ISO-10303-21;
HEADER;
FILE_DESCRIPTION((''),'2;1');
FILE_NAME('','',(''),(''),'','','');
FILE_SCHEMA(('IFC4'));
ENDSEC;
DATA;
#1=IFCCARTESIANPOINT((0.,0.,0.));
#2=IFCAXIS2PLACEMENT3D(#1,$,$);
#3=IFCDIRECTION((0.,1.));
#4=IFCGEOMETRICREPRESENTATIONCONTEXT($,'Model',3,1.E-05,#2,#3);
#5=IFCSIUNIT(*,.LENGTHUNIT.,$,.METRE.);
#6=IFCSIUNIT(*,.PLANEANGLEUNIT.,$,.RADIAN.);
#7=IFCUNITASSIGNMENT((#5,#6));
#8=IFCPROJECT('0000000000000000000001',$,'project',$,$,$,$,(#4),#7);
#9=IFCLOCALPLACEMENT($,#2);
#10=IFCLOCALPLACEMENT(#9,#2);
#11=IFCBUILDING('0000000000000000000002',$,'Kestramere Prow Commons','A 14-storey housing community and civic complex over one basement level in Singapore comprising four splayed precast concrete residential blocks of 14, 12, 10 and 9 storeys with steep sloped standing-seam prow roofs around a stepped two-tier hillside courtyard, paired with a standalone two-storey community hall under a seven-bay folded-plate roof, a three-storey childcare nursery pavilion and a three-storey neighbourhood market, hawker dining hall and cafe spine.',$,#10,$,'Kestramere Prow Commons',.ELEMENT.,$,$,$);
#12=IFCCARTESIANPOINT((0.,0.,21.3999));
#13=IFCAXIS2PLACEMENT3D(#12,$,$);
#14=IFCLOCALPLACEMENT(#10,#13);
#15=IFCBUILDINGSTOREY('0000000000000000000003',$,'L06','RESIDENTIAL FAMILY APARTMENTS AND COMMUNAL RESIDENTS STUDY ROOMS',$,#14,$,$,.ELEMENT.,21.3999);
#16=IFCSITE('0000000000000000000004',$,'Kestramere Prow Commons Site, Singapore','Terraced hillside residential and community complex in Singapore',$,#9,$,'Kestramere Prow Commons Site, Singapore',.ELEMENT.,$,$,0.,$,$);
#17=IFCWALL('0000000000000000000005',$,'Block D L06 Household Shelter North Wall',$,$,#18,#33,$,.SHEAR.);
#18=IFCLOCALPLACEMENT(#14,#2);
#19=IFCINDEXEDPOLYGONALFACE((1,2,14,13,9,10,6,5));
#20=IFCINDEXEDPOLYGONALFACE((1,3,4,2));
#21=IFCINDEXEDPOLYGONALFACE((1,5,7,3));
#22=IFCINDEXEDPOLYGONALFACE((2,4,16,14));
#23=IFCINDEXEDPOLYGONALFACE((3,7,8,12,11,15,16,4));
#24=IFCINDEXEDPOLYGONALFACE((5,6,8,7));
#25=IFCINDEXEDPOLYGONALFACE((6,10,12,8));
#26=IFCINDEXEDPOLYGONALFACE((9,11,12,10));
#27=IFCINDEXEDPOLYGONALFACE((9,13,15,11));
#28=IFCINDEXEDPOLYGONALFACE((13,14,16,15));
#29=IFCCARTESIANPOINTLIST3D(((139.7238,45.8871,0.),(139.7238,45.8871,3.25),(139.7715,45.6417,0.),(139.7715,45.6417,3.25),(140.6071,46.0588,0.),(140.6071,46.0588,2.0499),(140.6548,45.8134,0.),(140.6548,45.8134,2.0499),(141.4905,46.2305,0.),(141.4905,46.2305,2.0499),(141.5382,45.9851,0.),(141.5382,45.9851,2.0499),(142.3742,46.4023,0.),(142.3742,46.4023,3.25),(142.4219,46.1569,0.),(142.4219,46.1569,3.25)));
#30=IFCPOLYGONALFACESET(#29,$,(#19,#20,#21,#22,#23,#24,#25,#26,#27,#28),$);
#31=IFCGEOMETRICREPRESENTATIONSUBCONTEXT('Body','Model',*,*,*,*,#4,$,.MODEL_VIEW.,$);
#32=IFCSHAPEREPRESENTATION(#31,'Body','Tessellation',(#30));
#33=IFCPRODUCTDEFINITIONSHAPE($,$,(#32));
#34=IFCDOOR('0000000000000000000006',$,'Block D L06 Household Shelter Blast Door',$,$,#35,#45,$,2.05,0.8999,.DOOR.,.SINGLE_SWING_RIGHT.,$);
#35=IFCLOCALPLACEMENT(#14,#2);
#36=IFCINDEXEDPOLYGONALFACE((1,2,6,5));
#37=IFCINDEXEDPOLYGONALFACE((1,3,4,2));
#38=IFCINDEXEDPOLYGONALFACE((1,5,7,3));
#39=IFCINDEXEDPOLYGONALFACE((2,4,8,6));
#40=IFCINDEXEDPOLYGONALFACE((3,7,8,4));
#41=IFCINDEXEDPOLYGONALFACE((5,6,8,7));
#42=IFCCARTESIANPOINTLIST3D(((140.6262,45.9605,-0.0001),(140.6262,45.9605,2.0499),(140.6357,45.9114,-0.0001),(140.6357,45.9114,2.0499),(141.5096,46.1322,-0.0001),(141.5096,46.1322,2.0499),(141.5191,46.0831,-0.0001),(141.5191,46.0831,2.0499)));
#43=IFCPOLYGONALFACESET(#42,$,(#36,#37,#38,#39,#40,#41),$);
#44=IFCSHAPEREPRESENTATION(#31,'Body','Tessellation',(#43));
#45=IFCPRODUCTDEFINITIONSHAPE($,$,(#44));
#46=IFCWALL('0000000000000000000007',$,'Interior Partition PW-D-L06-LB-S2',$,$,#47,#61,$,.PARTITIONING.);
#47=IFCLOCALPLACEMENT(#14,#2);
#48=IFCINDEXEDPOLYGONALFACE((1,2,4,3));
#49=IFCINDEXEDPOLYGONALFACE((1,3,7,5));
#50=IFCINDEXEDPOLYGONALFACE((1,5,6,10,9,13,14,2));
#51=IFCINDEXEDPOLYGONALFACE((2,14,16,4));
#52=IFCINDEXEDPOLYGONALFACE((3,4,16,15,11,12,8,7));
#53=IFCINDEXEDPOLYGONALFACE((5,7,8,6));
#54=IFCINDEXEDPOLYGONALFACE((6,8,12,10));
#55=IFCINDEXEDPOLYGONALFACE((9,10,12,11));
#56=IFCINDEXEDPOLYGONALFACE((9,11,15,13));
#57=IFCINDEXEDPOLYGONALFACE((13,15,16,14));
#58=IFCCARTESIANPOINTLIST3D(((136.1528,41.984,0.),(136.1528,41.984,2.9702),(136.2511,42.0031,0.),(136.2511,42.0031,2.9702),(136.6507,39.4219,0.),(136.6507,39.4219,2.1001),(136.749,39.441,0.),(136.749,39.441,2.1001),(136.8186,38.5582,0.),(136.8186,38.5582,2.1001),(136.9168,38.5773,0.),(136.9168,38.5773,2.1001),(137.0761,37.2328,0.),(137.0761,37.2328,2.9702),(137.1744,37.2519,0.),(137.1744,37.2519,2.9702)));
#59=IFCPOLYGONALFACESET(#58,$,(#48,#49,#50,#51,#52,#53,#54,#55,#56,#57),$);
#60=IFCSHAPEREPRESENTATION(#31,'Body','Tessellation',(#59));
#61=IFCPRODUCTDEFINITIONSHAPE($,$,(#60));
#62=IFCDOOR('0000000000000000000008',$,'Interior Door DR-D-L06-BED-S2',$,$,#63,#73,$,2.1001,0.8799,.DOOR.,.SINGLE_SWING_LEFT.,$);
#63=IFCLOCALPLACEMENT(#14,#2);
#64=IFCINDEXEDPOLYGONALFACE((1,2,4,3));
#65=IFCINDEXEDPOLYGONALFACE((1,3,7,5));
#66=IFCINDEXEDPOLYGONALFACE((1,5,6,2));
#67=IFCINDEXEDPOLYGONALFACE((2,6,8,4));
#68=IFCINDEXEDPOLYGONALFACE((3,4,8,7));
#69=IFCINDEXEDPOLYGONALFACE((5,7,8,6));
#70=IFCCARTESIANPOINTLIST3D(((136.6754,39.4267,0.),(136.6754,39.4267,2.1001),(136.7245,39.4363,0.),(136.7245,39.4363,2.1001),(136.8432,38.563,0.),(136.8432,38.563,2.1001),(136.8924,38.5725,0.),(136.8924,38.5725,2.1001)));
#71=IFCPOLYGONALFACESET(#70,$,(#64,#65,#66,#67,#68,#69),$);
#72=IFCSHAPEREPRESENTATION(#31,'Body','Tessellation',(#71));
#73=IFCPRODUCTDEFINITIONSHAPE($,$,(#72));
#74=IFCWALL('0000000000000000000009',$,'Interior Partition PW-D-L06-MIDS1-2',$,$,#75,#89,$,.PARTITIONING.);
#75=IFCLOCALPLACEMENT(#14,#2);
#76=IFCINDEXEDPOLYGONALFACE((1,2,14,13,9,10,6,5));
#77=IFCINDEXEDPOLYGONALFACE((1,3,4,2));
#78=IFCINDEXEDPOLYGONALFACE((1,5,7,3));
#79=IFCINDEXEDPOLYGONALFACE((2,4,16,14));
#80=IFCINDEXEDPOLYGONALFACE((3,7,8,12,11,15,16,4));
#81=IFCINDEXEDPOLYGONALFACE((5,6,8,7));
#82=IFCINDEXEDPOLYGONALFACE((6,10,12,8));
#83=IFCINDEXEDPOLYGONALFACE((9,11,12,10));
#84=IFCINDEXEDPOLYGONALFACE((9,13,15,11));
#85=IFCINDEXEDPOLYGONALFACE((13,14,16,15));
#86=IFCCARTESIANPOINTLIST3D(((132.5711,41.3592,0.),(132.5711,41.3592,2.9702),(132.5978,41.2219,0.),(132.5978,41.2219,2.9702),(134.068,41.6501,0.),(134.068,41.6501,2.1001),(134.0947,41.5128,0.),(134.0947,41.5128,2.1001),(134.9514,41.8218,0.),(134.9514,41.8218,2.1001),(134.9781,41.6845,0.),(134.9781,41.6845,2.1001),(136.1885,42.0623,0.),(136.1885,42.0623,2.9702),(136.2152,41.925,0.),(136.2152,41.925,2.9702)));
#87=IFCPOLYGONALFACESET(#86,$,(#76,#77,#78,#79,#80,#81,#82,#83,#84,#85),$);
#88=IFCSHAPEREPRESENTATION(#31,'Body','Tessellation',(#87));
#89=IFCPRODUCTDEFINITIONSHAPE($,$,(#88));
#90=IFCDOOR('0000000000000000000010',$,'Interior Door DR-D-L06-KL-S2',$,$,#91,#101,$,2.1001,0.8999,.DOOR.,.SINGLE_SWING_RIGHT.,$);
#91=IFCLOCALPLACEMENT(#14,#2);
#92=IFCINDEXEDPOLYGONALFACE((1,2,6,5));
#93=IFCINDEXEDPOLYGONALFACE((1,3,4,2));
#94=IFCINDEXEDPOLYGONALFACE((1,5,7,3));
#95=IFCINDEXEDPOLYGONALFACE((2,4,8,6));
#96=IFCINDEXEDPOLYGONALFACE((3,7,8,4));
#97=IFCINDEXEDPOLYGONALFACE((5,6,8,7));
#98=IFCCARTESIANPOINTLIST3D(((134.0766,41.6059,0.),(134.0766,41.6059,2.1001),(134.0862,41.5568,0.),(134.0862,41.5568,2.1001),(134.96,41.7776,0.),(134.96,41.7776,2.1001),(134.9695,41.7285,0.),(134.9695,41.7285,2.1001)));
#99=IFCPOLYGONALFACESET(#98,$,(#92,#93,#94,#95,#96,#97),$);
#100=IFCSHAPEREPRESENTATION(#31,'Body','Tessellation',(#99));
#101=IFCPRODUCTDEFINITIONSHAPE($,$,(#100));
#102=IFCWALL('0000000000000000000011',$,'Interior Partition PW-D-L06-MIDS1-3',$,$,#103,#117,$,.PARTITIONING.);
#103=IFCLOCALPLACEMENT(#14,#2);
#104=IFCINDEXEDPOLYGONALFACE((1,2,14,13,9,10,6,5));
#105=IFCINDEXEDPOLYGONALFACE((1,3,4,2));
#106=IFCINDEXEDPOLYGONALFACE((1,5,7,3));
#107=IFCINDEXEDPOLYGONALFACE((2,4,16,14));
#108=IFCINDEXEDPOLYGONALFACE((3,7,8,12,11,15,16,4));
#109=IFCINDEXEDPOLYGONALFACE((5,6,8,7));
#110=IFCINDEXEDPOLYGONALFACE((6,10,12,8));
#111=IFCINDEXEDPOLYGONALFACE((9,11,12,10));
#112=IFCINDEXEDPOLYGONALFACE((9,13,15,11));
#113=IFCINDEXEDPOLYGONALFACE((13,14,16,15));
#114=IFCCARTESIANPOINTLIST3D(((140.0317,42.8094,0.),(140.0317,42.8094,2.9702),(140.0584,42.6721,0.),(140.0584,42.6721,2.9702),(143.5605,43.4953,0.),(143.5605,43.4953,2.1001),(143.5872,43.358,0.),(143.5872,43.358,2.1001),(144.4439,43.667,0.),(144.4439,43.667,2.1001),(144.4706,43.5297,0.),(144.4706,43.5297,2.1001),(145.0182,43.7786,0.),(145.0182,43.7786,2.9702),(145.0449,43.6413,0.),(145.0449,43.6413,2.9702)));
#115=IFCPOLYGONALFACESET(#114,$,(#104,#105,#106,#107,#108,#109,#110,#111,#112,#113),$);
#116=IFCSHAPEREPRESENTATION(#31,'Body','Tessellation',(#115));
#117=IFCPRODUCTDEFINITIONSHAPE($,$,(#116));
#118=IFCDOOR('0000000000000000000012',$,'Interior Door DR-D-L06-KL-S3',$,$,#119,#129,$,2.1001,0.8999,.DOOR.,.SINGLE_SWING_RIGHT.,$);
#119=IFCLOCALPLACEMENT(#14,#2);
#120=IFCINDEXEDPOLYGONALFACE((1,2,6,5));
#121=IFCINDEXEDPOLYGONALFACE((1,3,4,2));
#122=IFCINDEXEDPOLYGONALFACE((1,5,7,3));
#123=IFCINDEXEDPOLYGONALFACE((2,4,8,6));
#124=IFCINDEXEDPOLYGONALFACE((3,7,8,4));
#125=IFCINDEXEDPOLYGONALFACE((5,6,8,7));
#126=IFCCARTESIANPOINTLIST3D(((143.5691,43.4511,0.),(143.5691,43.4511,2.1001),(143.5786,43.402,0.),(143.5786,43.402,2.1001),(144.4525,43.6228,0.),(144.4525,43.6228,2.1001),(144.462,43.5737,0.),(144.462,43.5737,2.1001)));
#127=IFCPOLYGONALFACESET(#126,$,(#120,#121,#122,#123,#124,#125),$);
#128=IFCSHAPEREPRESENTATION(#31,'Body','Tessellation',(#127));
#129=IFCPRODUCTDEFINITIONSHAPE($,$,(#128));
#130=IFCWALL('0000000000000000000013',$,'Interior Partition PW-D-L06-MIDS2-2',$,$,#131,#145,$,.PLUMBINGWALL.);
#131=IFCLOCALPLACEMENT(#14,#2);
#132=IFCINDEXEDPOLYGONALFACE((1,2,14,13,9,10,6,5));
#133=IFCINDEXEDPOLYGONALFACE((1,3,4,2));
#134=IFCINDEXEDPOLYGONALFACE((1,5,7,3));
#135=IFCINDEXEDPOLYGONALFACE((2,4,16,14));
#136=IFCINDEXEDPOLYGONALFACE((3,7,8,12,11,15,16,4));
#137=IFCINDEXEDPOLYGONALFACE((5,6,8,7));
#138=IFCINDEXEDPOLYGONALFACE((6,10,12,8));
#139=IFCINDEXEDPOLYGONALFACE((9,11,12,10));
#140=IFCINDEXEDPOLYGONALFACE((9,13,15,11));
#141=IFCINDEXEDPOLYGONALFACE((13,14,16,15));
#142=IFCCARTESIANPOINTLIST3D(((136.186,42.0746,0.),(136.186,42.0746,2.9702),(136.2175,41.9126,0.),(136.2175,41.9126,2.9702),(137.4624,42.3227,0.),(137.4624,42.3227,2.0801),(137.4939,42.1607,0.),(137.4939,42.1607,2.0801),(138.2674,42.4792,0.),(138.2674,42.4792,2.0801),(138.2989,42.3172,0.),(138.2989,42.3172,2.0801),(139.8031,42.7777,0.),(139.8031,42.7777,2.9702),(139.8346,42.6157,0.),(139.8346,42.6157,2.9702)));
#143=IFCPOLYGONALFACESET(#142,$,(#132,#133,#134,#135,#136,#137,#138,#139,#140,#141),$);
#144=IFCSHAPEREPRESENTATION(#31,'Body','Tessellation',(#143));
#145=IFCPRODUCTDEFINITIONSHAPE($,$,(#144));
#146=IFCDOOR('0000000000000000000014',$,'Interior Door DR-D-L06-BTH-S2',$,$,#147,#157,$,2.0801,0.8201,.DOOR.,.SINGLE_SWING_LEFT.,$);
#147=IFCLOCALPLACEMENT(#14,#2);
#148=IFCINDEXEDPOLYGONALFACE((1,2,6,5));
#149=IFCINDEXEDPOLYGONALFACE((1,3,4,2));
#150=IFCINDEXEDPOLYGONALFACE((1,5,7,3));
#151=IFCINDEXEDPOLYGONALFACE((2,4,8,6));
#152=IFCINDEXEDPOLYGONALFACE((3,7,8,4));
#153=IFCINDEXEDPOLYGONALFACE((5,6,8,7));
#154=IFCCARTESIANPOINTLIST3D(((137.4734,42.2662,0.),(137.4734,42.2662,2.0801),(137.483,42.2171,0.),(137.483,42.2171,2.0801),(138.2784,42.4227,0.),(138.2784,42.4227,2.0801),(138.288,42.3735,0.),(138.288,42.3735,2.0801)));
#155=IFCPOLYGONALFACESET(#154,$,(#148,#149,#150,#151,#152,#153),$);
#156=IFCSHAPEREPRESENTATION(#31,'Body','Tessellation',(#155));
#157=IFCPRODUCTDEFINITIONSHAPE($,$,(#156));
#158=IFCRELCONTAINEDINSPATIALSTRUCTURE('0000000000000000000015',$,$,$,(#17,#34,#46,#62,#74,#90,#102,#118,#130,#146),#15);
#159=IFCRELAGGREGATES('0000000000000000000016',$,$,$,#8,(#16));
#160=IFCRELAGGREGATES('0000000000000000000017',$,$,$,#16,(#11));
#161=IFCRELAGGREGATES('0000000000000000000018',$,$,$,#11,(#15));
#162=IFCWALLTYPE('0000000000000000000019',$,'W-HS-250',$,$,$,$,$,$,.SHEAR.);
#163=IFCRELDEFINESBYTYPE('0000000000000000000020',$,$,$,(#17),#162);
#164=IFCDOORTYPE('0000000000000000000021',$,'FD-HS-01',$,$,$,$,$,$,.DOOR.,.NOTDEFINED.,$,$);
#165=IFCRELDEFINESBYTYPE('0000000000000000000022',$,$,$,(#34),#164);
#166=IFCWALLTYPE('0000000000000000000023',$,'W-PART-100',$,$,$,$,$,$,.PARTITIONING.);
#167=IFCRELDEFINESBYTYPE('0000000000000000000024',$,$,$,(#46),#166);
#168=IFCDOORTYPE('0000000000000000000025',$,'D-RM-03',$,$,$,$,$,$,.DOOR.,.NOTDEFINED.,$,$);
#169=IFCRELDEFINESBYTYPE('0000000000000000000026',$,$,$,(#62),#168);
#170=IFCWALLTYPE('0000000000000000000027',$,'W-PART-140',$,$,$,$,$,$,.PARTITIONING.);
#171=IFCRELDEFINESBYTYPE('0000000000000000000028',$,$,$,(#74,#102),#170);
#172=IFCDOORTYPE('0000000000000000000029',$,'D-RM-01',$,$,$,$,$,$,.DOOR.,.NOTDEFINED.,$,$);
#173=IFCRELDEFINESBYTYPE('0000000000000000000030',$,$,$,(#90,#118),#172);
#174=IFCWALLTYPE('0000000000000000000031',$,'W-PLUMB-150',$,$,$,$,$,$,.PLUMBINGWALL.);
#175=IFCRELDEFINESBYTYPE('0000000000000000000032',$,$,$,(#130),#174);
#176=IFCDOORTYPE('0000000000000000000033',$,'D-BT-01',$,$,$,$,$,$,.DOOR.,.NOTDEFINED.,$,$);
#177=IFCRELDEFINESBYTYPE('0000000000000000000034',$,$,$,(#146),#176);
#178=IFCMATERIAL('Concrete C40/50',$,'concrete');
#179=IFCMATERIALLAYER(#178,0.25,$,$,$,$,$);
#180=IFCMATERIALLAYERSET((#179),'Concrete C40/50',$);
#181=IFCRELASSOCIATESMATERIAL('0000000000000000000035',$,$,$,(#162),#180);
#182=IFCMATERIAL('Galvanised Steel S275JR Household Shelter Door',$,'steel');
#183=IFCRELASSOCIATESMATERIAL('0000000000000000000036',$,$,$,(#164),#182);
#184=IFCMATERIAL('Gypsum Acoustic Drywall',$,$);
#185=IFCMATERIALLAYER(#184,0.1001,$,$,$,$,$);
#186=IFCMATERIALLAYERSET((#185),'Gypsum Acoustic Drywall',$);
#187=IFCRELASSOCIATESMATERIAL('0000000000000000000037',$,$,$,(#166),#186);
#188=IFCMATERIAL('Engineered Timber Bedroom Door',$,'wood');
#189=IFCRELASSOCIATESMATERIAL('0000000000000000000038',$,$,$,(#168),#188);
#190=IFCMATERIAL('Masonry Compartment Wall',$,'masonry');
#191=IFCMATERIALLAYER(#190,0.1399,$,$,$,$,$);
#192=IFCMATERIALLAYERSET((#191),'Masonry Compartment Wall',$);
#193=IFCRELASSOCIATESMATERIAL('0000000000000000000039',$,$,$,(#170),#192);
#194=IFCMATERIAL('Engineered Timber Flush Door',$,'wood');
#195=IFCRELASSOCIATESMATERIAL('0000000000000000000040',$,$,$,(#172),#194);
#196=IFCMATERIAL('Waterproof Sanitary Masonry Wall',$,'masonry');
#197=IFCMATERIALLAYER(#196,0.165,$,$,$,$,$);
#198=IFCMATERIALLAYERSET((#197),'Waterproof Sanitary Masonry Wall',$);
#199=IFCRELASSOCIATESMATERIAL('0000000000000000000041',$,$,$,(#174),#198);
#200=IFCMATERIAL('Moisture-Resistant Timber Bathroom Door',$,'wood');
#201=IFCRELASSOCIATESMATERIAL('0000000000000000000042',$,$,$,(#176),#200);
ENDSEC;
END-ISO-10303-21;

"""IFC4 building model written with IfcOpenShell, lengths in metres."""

from ifc_helpers import new_model, si_unit, direction, frame, frame_2d, origin, place, context, subcontext, project, spatial, rectangle, extrude, material, layer, layer_set, type_object, element, fill, save


model = new_model("IFC4")

# Units and contexts
model_context = context("Model", 3, precision=1e-05, world=origin(), true_north=direction((0.0, 1.0)))
body_context = subcontext(model_context, "Body", "Model", "MODEL_VIEW")
ifc_project = project(units=[si_unit("LENGTHUNIT", "METRE"), si_unit("PLANEANGLEUNIT", "RADIAN")], contexts=[model_context])

# Site, building, storey
site_placement = place(None, origin())
site = spatial("IfcSite", under=ifc_project, at=site_placement, Name="Kestramere Prow Commons Site, Singapore", Description="Terraced hillside residential and community complex in Singapore", LongName="Kestramere Prow Commons Site, Singapore", CompositionType="ELEMENT", RefElevation=0.0)
building_placement = place(site_placement, origin())
building = spatial("IfcBuilding", under=site, at=building_placement, Name="Kestramere Prow Commons", Description="A 14-storey housing community and civic complex over one basement level in Singapore comprising four splayed precast concrete residential blocks of 14, 12, 10 and 9 storeys with steep sloped standing-seam prow roofs around a stepped two-tier hillside courtyard, paired with a standalone two-storey community hall under a seven-bay folded-plate roof, a three-storey childcare nursery pavilion and a three-storey neighbourhood market, hawker dining hall and cafe spine.", LongName="Kestramere Prow Commons", CompositionType="ELEMENT")
storey_placement = place(building_placement, frame((0.0, 0.0, 21.3999)))
storey = spatial("IfcBuildingStorey", under=building, at=storey_placement, Name="L06", Description="RESIDENTIAL FAMILY APARTMENTS AND COMMUNAL RESIDENTS STUDY ROOMS", CompositionType="ELEMENT", Elevation=21.3999)

# Shared definitions
ifc_material_1 = material(Name="Concrete C40/50", Category="concrete")
ifc_layer_1 = layer(ifc_material_1, 0.25)
ifc_layer_set_1 = layer_set([ifc_layer_1], Name="Concrete C40/50")
wall_type_1 = type_object("IfcWallType", Name="W-HS-250", PredefinedType="SHEAR", material=ifc_layer_set_1)

# Walls, openings, doors
wall_1_placement = place(storey_placement, frame((139.7476, 45.7644, 0.0), z_axis=(0.0, 0.0, 1.0), x_axis=(0.98163, 0.190792, 0.0)))
wall_1 = element("IfcWall", 1, at=wall_1_placement, inside=storey, type_object=wall_type_1, Name="Block D L06 Household Shelter North Wall", PredefinedType="SHEAR", context=body_context, shape_type="SweptSolid", body=[
    extrude(rectangle(XDim=2.7, YDim=0.25, at=frame_2d((1.3501, 0.0))), origin(), (0.0, 0.0, 1.0), 3.25),
])
opening_1_placement = place(wall_1_placement, frame((0.8999, 0.0, 0.0)))
opening_1 = element("IfcOpeningElement", 2, at=opening_1_placement, cuts=wall_1, PredefinedType="OPENING", context=body_context, shape_type="SweptSolid", body=[
    extrude(rectangle(XDim=0.8999, YDim=2.05, at=frame_2d((0.45, 1.0249))), frame((0.0, 0.1399, 0.0), z_axis=(0.0, -1.0, 0.0), x_axis=(1.0, 0.0, 0.0)), (0.0, 0.0, 1.0), 0.28),
])
ifc_material_2 = material(Name="Galvanised Steel S275JR Household Shelter Door", Category="steel")
door_type_1 = type_object("IfcDoorType", Name="FD-HS-01", OperationType="NOTDEFINED", PredefinedType="DOOR", material=ifc_material_2)
door_1_placement = place(opening_1_placement, origin())
door_1 = element("IfcDoor", 3, at=door_1_placement, inside=storey, type_object=door_type_1, Name="Block D L06 Household Shelter Blast Door", OperationType="SINGLE_SWING_RIGHT", OverallHeight=2.05, OverallWidth=0.8999, PredefinedType="DOOR", context=body_context, shape_type="SweptSolid", body=[
    extrude(rectangle(XDim=0.8999, YDim=2.05, at=frame_2d((0.45, 1.0249))), frame((0.0, 0.0249, 0.0), z_axis=(0.0, -1.0, 0.0), x_axis=(1.0, 0.0, 0.0)), (0.0, 0.0, 1.0), 0.05),
])
fill(opening_1, door_1)
ifc_material_3 = material(Name="Gypsum Acoustic Drywall")
ifc_layer_2 = layer(ifc_material_3, 0.1001)
ifc_layer_set_2 = layer_set([ifc_layer_2], Name="Gypsum Acoustic Drywall")
wall_type_2 = type_object("IfcWallType", Name="W-PART-100", PredefinedType="PARTITIONING", material=ifc_layer_set_2)
wall_2_placement = place(storey_placement, frame((137.1252, 37.2424, 0.0), z_axis=(0.0, 0.0, 1.0), x_axis=(-0.190768, 0.981635, 0.0)))
wall_2 = element("IfcWall", 4, at=wall_2_placement, inside=storey, type_object=wall_type_2, Name="Interior Partition PW-D-L06-LB-S2", PredefinedType="PARTITIONING", context=body_context, shape_type="SweptSolid", body=[
    extrude(rectangle(XDim=4.8401, YDim=0.1001, at=frame_2d((2.4199, 0.0))), origin(), (0.0, 0.0, 1.0), 2.9702),
])
opening_2_placement = place(wall_2_placement, frame((1.3501, 0.0, 0.0)))
opening_2 = element("IfcOpeningElement", 5, at=opening_2_placement, cuts=wall_2, PredefinedType="OPENING", context=body_context, shape_type="SweptSolid", body=[
    extrude(rectangle(XDim=0.8799, YDim=2.1001, at=frame_2d((0.4399, 1.05))), frame((0.0, 0.0649, 0.0), z_axis=(0.0, -1.0, 0.0), x_axis=(1.0, 0.0, 0.0)), (0.0, 0.0, 1.0), 0.1301),
])
ifc_material_4 = material(Name="Engineered Timber Bedroom Door", Category="wood")
door_type_2 = type_object("IfcDoorType", Name="D-RM-03", OperationType="NOTDEFINED", PredefinedType="DOOR", material=ifc_material_4)
door_2_placement = place(opening_2_placement, origin())
door_2 = element("IfcDoor", 6, at=door_2_placement, inside=storey, type_object=door_type_2, Name="Interior Door DR-D-L06-BED-S2", OperationType="SINGLE_SWING_LEFT", OverallHeight=2.1001, OverallWidth=0.8799, PredefinedType="DOOR", context=body_context, shape_type="SweptSolid", body=[
    extrude(rectangle(XDim=0.8799, YDim=2.1001, at=frame_2d((0.4399, 1.05))), frame((0.0, 0.0249, 0.0), z_axis=(0.0, -1.0, 0.0), x_axis=(1.0, 0.0, 0.0)), (0.0, 0.0, 1.0), 0.05),
])
fill(opening_2, door_2)
ifc_material_5 = material(Name="Masonry Compartment Wall", Category="masonry")
ifc_layer_3 = layer(ifc_material_5, 0.1399)
ifc_layer_set_3 = layer_set([ifc_layer_3], Name="Masonry Compartment Wall")
wall_type_3 = type_object("IfcWallType", Name="W-PART-140", PredefinedType="PARTITIONING", material=ifc_layer_set_3)
wall_3_placement = place(storey_placement, frame((132.5845, 41.2905, 0.0), z_axis=(0.0, 0.0, 1.0), x_axis=(0.981629, 0.190801, 0.0)))
wall_3 = element("IfcWall", 7, at=wall_3_placement, inside=storey, type_object=wall_type_3, Name="Interior Partition PW-D-L06-MIDS1-2", PredefinedType="PARTITIONING", context=body_context, shape_type="SweptSolid", body=[
    extrude(rectangle(XDim=3.6851, YDim=0.1399, at=frame_2d((1.8425, 0.0))), origin(), (0.0, 0.0, 1.0), 2.9702),
])
opening_3_placement = place(wall_3_placement, frame((1.5249, 0.0, 0.0)))
opening_3 = element("IfcOpeningElement", 8, at=opening_3_placement, cuts=wall_3, PredefinedType="OPENING", context=body_context, shape_type="SweptSolid", body=[
    extrude(rectangle(XDim=0.8999, YDim=2.1001, at=frame_2d((0.45, 1.05))), frame((0.0, 0.085, 0.0), z_axis=(0.0, -1.0, 0.0), x_axis=(1.0, 0.0, 0.0)), (0.0, 0.0, 1.0), 0.1699),
])
ifc_material_6 = material(Name="Engineered Timber Flush Door", Category="wood")
door_type_3 = type_object("IfcDoorType", Name="D-RM-01", OperationType="NOTDEFINED", PredefinedType="DOOR", material=ifc_material_6)
door_3_placement = place(opening_3_placement, origin())
door_3 = element("IfcDoor", 9, at=door_3_placement, inside=storey, type_object=door_type_3, Name="Interior Door DR-D-L06-KL-S2", OperationType="SINGLE_SWING_RIGHT", OverallHeight=2.1001, OverallWidth=0.8999, PredefinedType="DOOR", context=body_context, shape_type="SweptSolid", body=[
    extrude(rectangle(XDim=0.8999, YDim=2.1001, at=frame_2d((0.45, 1.05))), frame((0.0, 0.0249, 0.0), z_axis=(0.0, -1.0, 0.0), x_axis=(1.0, 0.0, 0.0)), (0.0, 0.0, 1.0), 0.05),
])
fill(opening_3, door_3)
wall_4_placement = place(storey_placement, frame((140.0449, 42.7407, 0.0), z_axis=(0.0, 0.0, 1.0), x_axis=(0.981629, 0.190799, 0.0)))
wall_4 = element("IfcWall", 10, at=wall_4_placement, inside=storey, type_object=wall_type_3, Name="Interior Partition PW-D-L06-MIDS1-3", PredefinedType="PARTITIONING", context=body_context, shape_type="SweptSolid", body=[
    extrude(rectangle(XDim=5.0798, YDim=0.1399, at=frame_2d((2.54, 0.0))), origin(), (0.0, 0.0, 1.0), 2.9702),
])
opening_4_placement = place(wall_4_placement, frame((3.595, 0.0, 0.0)))
opening_4 = element("IfcOpeningElement", 11, at=opening_4_placement, cuts=wall_4, PredefinedType="OPENING", context=body_context, shape_type="SweptSolid", body=[
    extrude(rectangle(XDim=0.8999, YDim=2.1001, at=frame_2d((0.45, 1.05))), frame((0.0, 0.085, 0.0), z_axis=(0.0, -1.0, 0.0), x_axis=(1.0, 0.0, 0.0)), (0.0, 0.0, 1.0), 0.1699),
])
door_4_placement = place(opening_4_placement, origin())
door_4 = element("IfcDoor", 12, at=door_4_placement, inside=storey, type_object=door_type_3, Name="Interior Door DR-D-L06-KL-S3", OperationType="SINGLE_SWING_RIGHT", OverallHeight=2.1001, OverallWidth=0.8999, PredefinedType="DOOR", context=body_context, shape_type="SweptSolid", body=[
    extrude(rectangle(XDim=0.8999, YDim=2.1001, at=frame_2d((0.45, 1.05))), frame((0.0, 0.0249, 0.0), z_axis=(0.0, -1.0, 0.0), x_axis=(1.0, 0.0, 0.0)), (0.0, 0.0, 1.0), 0.05),
])
fill(opening_4, door_4)
ifc_material_7 = material(Name="Waterproof Sanitary Masonry Wall", Category="masonry")
ifc_layer_4 = layer(ifc_material_7, 0.165)
ifc_layer_set_4 = layer_set([ifc_layer_4], Name="Waterproof Sanitary Masonry Wall")
wall_type_4 = type_object("IfcWallType", Name="W-PLUMB-150", PredefinedType="PLUMBINGWALL", material=ifc_layer_set_4)
wall_5_placement = place(storey_placement, frame((136.2019, 41.9937, 0.0), z_axis=(0.0, 0.0, 1.0), x_axis=(0.981626, 0.190813, 0.0)))
wall_5 = element("IfcWall", 13, at=wall_5_placement, inside=storey, type_object=wall_type_4, Name="Interior Partition PW-D-L06-MIDS2-2", PredefinedType="PLUMBINGWALL", context=body_context, shape_type="SweptSolid", body=[
    extrude(rectangle(XDim=3.6848, YDim=0.165, at=frame_2d((1.8423, 0.0))), origin(), (0.0, 0.0, 1.0), 2.9702),
])
opening_5_placement = place(wall_5_placement, frame((1.3, 0.0, 0.0)))
opening_5 = element("IfcOpeningElement", 14, at=opening_5_placement, cuts=wall_5, PredefinedType="OPENING", context=body_context, shape_type="SweptSolid", body=[
    extrude(rectangle(XDim=0.8201, YDim=2.0801, at=frame_2d((0.4102, 1.04))), frame((0.0, 0.0974, 0.0), z_axis=(0.0, -1.0, 0.0), x_axis=(1.0, 0.0, 0.0)), (0.0, 0.0, 1.0), 0.1951),
])
ifc_material_8 = material(Name="Moisture-Resistant Timber Bathroom Door", Category="wood")
door_type_4 = type_object("IfcDoorType", Name="D-BT-01", OperationType="NOTDEFINED", PredefinedType="DOOR", material=ifc_material_8)
door_5_placement = place(opening_5_placement, origin())
door_5 = element("IfcDoor", 15, at=door_5_placement, inside=storey, type_object=door_type_4, Name="Interior Door DR-D-L06-BTH-S2", OperationType="SINGLE_SWING_LEFT", OverallHeight=2.0801, OverallWidth=0.8201, PredefinedType="DOOR", context=body_context, shape_type="SweptSolid", body=[
    extrude(rectangle(XDim=0.8201, YDim=2.0801, at=frame_2d((0.4102, 1.04))), frame((0.0, 0.0249, 0.0), z_axis=(0.0, -1.0, 0.0), x_axis=(1.0, 0.0, 0.0)), (0.0, 0.0, 1.0), 0.05),
])
fill(opening_5, door_5)

save(model, "model.ifc")
